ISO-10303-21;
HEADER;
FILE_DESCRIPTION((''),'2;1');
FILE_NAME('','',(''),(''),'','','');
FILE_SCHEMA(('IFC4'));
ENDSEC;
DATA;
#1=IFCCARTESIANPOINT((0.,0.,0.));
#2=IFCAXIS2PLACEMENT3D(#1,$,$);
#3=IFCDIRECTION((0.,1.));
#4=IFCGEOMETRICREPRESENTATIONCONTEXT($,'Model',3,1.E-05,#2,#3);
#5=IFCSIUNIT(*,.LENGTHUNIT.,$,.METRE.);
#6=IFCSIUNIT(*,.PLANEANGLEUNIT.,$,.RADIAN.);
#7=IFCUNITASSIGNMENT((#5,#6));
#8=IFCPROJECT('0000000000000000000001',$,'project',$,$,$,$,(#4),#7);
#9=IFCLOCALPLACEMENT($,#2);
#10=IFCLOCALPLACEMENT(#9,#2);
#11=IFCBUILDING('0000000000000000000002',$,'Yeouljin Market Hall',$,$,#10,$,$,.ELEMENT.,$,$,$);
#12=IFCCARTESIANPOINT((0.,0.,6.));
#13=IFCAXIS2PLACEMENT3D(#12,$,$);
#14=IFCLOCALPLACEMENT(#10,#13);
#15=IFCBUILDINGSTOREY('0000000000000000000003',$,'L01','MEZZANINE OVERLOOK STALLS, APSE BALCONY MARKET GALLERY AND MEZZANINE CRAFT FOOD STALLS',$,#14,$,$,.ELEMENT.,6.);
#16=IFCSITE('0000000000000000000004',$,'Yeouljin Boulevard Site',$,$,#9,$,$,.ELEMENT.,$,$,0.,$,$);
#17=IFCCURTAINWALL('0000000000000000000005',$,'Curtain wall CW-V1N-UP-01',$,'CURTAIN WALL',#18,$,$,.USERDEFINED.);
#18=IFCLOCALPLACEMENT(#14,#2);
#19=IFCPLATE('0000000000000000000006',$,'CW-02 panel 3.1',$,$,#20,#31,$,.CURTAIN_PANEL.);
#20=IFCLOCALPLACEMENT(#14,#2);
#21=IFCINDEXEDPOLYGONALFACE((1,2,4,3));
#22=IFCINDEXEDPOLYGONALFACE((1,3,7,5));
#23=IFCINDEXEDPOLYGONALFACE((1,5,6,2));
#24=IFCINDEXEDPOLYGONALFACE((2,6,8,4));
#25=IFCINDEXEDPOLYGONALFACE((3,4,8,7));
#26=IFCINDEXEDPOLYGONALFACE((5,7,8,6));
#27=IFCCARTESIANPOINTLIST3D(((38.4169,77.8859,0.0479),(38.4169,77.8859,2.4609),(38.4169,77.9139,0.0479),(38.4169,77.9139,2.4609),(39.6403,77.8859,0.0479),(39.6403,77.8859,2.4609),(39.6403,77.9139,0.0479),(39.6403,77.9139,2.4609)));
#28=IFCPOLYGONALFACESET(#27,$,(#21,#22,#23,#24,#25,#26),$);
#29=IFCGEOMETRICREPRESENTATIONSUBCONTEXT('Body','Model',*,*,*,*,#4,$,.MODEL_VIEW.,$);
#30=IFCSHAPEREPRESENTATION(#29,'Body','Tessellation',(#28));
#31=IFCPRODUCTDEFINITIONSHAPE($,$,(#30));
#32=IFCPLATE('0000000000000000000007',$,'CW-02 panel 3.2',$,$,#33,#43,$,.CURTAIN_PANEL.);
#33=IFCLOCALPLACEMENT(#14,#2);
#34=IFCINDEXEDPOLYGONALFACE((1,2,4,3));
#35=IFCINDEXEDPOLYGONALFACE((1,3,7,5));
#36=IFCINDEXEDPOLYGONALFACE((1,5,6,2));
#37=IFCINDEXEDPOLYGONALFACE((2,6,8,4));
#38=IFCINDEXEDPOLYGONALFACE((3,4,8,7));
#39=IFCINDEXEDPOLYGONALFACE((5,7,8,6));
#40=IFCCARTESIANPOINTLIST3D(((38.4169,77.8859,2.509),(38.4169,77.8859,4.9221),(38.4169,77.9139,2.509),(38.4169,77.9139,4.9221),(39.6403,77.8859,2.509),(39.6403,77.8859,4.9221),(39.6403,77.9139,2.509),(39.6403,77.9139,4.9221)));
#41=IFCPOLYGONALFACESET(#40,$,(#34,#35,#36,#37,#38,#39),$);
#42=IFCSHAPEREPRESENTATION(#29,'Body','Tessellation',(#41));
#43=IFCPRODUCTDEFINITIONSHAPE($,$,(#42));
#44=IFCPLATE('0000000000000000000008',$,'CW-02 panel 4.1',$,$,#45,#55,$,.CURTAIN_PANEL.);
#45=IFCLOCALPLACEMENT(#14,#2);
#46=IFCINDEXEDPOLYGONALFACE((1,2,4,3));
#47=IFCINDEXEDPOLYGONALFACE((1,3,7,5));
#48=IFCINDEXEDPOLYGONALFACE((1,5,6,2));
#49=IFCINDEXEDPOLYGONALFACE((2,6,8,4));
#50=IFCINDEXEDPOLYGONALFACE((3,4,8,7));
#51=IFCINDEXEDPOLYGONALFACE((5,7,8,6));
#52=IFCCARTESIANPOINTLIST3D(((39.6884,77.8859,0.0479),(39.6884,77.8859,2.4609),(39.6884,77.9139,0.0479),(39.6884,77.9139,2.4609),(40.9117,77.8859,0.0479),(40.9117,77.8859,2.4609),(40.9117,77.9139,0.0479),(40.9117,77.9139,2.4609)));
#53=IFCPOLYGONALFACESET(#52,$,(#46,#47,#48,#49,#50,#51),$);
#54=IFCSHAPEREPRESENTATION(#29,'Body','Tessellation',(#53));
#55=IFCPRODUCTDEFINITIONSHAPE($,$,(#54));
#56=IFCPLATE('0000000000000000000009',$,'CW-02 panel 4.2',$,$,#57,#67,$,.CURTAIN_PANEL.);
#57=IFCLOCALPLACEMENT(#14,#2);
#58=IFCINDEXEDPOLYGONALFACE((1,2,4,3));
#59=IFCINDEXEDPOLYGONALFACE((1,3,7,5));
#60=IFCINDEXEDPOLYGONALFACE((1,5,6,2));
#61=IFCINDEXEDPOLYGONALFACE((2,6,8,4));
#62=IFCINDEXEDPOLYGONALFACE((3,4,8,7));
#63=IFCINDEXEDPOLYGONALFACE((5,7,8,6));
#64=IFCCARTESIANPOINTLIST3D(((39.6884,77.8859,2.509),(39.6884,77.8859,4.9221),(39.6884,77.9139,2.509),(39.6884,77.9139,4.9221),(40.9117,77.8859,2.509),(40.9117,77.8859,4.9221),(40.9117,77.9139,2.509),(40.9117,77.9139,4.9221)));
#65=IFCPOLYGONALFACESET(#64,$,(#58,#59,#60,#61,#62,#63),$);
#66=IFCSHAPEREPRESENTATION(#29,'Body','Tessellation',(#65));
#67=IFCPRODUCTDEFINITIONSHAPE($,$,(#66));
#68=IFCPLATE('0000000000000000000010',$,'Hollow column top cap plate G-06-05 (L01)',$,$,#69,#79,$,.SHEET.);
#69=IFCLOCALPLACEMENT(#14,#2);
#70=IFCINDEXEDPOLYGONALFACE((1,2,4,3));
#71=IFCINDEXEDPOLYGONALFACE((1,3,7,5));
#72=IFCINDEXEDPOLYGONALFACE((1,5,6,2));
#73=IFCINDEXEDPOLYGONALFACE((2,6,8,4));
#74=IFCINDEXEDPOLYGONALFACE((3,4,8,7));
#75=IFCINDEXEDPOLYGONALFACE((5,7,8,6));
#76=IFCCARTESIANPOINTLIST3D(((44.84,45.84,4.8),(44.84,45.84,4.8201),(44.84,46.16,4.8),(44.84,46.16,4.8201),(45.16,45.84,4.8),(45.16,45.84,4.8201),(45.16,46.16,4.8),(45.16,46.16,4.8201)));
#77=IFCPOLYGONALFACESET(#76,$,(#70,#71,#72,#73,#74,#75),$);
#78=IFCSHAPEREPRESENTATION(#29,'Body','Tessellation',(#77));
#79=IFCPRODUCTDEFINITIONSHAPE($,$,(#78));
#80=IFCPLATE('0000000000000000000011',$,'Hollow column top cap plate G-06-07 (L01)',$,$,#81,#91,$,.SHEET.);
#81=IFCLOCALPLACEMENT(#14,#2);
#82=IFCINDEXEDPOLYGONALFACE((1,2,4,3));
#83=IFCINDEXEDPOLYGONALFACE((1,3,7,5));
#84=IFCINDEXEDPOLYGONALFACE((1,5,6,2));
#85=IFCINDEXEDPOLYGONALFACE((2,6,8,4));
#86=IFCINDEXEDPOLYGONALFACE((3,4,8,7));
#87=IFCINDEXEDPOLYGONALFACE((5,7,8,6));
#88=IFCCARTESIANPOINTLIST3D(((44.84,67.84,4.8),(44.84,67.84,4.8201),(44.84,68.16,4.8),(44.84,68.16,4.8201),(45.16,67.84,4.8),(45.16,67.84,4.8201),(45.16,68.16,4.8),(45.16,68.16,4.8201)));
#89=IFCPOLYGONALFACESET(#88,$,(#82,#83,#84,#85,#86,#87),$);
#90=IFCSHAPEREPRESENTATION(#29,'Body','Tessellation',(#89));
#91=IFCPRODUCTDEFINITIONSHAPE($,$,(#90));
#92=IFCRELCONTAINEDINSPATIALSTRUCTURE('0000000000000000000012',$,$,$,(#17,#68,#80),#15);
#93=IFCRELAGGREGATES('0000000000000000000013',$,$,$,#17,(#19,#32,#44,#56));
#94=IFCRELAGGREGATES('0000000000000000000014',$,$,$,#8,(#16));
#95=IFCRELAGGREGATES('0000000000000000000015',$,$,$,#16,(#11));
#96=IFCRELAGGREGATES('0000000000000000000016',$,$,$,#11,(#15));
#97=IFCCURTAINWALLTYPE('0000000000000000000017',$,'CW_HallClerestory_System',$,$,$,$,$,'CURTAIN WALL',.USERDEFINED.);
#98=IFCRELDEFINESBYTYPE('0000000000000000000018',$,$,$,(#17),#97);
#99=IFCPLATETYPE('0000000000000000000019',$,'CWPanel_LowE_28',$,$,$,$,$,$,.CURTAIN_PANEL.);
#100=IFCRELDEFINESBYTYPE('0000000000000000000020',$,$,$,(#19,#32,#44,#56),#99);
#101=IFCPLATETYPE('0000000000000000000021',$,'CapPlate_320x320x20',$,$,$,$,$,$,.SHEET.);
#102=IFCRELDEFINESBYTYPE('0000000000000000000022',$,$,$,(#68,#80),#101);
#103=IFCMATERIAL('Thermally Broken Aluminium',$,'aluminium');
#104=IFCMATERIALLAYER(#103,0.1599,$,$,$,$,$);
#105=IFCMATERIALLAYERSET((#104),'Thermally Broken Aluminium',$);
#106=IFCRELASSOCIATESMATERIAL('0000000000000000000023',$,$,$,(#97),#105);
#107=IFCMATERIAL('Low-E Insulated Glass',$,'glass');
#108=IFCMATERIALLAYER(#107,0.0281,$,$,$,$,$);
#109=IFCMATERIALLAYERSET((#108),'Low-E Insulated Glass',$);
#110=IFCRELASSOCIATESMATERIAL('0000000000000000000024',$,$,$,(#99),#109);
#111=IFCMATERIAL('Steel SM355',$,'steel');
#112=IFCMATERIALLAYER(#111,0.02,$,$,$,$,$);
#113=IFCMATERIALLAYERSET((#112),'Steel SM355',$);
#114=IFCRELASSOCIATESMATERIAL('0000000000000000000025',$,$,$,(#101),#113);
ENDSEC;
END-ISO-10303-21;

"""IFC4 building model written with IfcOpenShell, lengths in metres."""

from ifc_helpers import new_model, si_unit, direction, frame, origin, origin_2d, place, context, subcontext, project, spatial, rectangle, extrude, material, layer, layer_set, type_object, element, aggregate, save


model = new_model("IFC4")

# Units and contexts
model_context = context("Model", 3, precision=1e-05, world=origin(), true_north=direction((0.0, 1.0)))
body_context = subcontext(model_context, "Body", "Model", "MODEL_VIEW")
ifc_project = project(units=[si_unit("LENGTHUNIT", "METRE"), si_unit("PLANEANGLEUNIT", "RADIAN")], contexts=[model_context])

# Site, building, storey
site_placement = place(None, origin())
site = spatial("IfcSite", under=ifc_project, at=site_placement, Name="Yeouljin Boulevard Site", CompositionType="ELEMENT", RefElevation=0.0)
building_placement = place(site_placement, origin())
building = spatial("IfcBuilding", under=site, at=building_placement, Name="Yeouljin Market Hall", CompositionType="ELEMENT")
storey_placement = place(building_placement, frame((0.0, 0.0, 6.0)))
storey = spatial("IfcBuildingStorey", under=building, at=storey_placement, Name="L01", Description="MEZZANINE OVERLOOK STALLS, APSE BALCONY MARKET GALLERY AND MEZZANINE CRAFT FOOD STALLS", CompositionType="ELEMENT", Elevation=6.0)

# Curtain wall
ifc_material_1 = material(Name="Thermally Broken Aluminium", Category="aluminium")
ifc_layer_1 = layer(ifc_material_1, 0.1599)
ifc_layer_set_1 = layer_set([ifc_layer_1], Name="Thermally Broken Aluminium")
curtain_wall_type = type_object("IfcCurtainWallType", Name="CW_HallClerestory_System", ElementType="CURTAIN WALL", PredefinedType="USERDEFINED", material=ifc_layer_set_1)
curtain_wall_placement = place(storey_placement, origin())
curtain_wall = element("IfcCurtainWall", 1, at=curtain_wall_placement, inside=storey, type_object=curtain_wall_type, Name="Curtain wall CW-V1N-UP-01", ObjectType="CURTAIN WALL", PredefinedType="USERDEFINED")

# Plates
ifc_material_2 = material(Name="Low-E Insulated Glass", Category="glass")
ifc_layer_2 = layer(ifc_material_2, 0.0281)
ifc_layer_set_2 = layer_set([ifc_layer_2], Name="Low-E Insulated Glass")
plate_type_1 = type_object("IfcPlateType", Name="CWPanel_LowE_28", PredefinedType="CURTAIN_PANEL", material=ifc_layer_set_2)
plate_1_placement = place(storey_placement, frame((39.0286, 77.8999, 0.0479), z_axis=(0.0, 0.0, 1.0), x_axis=(1.0, 0.0, 0.0)))
plate_1 = element("IfcPlate", 2, at=plate_1_placement, type_object=plate_type_1, Name="CW-02 panel 3.1", PredefinedType="CURTAIN_PANEL", context=body_context, shape_type="SweptSolid", body=[
    extrude(rectangle(XDim=1.2234, YDim=0.0281, at=origin_2d()), origin(), (0.0, 0.0, 1.0), 2.4131),
])
plate_2_placement = place(storey_placement, frame((39.0286, 77.8999, 2.509), z_axis=(0.0, 0.0, 1.0), x_axis=(1.0, 0.0, 0.0)))
plate_2 = element("IfcPlate", 3, at=plate_2_placement, type_object=plate_type_1, Name="CW-02 panel 3.2", PredefinedType="CURTAIN_PANEL", context=body_context, shape_type="SweptSolid", body=[
    extrude(rectangle(XDim=1.2234, YDim=0.0281, at=origin_2d()), origin(), (0.0, 0.0, 1.0), 2.4131),
])
plate_3_placement = place(storey_placement, frame((40.3, 77.8999, 0.0479), z_axis=(0.0, 0.0, 1.0), x_axis=(1.0, 0.0, 0.0)))
plate_3 = element("IfcPlate", 4, at=plate_3_placement, type_object=plate_type_1, Name="CW-02 panel 4.1", PredefinedType="CURTAIN_PANEL", context=body_context, shape_type="SweptSolid", body=[
    extrude(rectangle(XDim=1.2234, YDim=0.0281, at=origin_2d()), origin(), (0.0, 0.0, 1.0), 2.4131),
])
plate_4_placement = place(storey_placement, frame((40.3, 77.8999, 2.509), z_axis=(0.0, 0.0, 1.0), x_axis=(1.0, 0.0, 0.0)))
plate_4 = element("IfcPlate", 5, at=plate_4_placement, type_object=plate_type_1, Name="CW-02 panel 4.2", PredefinedType="CURTAIN_PANEL", context=body_context, shape_type="SweptSolid", body=[
    extrude(rectangle(XDim=1.2234, YDim=0.0281, at=origin_2d()), origin(), (0.0, 0.0, 1.0), 2.4131),
])
aggregate(curtain_wall, [plate_1, plate_2, plate_3, plate_4])

# Plates
ifc_material_3 = material(Name="Steel SM355", Category="steel")
ifc_layer_3 = layer(ifc_material_3, 0.02)
ifc_layer_set_3 = layer_set([ifc_layer_3], Name="Steel SM355")
plate_type_2 = type_object("IfcPlateType", Name="CapPlate_320x320x20", PredefinedType="SHEET", material=ifc_layer_set_3)
for number, where, z_axis, x_axis, name in (
    (6, (45.0, 46.0, 4.8), (0.0, 0.0, 1.0), (1.0, 0.0, 0.0), "Hollow column top cap plate G-06-05 (L01)"),
    (7, (45.0, 68.0, 4.8), (0.0, 0.0, 1.0), (1.0, 0.0, 0.0), "Hollow column top cap plate G-06-07 (L01)"),
):
    element("IfcPlate", number, at=place(storey_placement, frame(where, z_axis=z_axis, x_axis=x_axis)), inside=storey, type_object=plate_type_2, Name=name, PredefinedType="SHEET", context=body_context, shape_type="SweptSolid", body=[
        extrude(rectangle(XDim=0.3201, YDim=0.3201, at=origin_2d()), origin(), (0.0, 0.0, 1.0), 0.02),
    ])

save(model, "model.ifc")
